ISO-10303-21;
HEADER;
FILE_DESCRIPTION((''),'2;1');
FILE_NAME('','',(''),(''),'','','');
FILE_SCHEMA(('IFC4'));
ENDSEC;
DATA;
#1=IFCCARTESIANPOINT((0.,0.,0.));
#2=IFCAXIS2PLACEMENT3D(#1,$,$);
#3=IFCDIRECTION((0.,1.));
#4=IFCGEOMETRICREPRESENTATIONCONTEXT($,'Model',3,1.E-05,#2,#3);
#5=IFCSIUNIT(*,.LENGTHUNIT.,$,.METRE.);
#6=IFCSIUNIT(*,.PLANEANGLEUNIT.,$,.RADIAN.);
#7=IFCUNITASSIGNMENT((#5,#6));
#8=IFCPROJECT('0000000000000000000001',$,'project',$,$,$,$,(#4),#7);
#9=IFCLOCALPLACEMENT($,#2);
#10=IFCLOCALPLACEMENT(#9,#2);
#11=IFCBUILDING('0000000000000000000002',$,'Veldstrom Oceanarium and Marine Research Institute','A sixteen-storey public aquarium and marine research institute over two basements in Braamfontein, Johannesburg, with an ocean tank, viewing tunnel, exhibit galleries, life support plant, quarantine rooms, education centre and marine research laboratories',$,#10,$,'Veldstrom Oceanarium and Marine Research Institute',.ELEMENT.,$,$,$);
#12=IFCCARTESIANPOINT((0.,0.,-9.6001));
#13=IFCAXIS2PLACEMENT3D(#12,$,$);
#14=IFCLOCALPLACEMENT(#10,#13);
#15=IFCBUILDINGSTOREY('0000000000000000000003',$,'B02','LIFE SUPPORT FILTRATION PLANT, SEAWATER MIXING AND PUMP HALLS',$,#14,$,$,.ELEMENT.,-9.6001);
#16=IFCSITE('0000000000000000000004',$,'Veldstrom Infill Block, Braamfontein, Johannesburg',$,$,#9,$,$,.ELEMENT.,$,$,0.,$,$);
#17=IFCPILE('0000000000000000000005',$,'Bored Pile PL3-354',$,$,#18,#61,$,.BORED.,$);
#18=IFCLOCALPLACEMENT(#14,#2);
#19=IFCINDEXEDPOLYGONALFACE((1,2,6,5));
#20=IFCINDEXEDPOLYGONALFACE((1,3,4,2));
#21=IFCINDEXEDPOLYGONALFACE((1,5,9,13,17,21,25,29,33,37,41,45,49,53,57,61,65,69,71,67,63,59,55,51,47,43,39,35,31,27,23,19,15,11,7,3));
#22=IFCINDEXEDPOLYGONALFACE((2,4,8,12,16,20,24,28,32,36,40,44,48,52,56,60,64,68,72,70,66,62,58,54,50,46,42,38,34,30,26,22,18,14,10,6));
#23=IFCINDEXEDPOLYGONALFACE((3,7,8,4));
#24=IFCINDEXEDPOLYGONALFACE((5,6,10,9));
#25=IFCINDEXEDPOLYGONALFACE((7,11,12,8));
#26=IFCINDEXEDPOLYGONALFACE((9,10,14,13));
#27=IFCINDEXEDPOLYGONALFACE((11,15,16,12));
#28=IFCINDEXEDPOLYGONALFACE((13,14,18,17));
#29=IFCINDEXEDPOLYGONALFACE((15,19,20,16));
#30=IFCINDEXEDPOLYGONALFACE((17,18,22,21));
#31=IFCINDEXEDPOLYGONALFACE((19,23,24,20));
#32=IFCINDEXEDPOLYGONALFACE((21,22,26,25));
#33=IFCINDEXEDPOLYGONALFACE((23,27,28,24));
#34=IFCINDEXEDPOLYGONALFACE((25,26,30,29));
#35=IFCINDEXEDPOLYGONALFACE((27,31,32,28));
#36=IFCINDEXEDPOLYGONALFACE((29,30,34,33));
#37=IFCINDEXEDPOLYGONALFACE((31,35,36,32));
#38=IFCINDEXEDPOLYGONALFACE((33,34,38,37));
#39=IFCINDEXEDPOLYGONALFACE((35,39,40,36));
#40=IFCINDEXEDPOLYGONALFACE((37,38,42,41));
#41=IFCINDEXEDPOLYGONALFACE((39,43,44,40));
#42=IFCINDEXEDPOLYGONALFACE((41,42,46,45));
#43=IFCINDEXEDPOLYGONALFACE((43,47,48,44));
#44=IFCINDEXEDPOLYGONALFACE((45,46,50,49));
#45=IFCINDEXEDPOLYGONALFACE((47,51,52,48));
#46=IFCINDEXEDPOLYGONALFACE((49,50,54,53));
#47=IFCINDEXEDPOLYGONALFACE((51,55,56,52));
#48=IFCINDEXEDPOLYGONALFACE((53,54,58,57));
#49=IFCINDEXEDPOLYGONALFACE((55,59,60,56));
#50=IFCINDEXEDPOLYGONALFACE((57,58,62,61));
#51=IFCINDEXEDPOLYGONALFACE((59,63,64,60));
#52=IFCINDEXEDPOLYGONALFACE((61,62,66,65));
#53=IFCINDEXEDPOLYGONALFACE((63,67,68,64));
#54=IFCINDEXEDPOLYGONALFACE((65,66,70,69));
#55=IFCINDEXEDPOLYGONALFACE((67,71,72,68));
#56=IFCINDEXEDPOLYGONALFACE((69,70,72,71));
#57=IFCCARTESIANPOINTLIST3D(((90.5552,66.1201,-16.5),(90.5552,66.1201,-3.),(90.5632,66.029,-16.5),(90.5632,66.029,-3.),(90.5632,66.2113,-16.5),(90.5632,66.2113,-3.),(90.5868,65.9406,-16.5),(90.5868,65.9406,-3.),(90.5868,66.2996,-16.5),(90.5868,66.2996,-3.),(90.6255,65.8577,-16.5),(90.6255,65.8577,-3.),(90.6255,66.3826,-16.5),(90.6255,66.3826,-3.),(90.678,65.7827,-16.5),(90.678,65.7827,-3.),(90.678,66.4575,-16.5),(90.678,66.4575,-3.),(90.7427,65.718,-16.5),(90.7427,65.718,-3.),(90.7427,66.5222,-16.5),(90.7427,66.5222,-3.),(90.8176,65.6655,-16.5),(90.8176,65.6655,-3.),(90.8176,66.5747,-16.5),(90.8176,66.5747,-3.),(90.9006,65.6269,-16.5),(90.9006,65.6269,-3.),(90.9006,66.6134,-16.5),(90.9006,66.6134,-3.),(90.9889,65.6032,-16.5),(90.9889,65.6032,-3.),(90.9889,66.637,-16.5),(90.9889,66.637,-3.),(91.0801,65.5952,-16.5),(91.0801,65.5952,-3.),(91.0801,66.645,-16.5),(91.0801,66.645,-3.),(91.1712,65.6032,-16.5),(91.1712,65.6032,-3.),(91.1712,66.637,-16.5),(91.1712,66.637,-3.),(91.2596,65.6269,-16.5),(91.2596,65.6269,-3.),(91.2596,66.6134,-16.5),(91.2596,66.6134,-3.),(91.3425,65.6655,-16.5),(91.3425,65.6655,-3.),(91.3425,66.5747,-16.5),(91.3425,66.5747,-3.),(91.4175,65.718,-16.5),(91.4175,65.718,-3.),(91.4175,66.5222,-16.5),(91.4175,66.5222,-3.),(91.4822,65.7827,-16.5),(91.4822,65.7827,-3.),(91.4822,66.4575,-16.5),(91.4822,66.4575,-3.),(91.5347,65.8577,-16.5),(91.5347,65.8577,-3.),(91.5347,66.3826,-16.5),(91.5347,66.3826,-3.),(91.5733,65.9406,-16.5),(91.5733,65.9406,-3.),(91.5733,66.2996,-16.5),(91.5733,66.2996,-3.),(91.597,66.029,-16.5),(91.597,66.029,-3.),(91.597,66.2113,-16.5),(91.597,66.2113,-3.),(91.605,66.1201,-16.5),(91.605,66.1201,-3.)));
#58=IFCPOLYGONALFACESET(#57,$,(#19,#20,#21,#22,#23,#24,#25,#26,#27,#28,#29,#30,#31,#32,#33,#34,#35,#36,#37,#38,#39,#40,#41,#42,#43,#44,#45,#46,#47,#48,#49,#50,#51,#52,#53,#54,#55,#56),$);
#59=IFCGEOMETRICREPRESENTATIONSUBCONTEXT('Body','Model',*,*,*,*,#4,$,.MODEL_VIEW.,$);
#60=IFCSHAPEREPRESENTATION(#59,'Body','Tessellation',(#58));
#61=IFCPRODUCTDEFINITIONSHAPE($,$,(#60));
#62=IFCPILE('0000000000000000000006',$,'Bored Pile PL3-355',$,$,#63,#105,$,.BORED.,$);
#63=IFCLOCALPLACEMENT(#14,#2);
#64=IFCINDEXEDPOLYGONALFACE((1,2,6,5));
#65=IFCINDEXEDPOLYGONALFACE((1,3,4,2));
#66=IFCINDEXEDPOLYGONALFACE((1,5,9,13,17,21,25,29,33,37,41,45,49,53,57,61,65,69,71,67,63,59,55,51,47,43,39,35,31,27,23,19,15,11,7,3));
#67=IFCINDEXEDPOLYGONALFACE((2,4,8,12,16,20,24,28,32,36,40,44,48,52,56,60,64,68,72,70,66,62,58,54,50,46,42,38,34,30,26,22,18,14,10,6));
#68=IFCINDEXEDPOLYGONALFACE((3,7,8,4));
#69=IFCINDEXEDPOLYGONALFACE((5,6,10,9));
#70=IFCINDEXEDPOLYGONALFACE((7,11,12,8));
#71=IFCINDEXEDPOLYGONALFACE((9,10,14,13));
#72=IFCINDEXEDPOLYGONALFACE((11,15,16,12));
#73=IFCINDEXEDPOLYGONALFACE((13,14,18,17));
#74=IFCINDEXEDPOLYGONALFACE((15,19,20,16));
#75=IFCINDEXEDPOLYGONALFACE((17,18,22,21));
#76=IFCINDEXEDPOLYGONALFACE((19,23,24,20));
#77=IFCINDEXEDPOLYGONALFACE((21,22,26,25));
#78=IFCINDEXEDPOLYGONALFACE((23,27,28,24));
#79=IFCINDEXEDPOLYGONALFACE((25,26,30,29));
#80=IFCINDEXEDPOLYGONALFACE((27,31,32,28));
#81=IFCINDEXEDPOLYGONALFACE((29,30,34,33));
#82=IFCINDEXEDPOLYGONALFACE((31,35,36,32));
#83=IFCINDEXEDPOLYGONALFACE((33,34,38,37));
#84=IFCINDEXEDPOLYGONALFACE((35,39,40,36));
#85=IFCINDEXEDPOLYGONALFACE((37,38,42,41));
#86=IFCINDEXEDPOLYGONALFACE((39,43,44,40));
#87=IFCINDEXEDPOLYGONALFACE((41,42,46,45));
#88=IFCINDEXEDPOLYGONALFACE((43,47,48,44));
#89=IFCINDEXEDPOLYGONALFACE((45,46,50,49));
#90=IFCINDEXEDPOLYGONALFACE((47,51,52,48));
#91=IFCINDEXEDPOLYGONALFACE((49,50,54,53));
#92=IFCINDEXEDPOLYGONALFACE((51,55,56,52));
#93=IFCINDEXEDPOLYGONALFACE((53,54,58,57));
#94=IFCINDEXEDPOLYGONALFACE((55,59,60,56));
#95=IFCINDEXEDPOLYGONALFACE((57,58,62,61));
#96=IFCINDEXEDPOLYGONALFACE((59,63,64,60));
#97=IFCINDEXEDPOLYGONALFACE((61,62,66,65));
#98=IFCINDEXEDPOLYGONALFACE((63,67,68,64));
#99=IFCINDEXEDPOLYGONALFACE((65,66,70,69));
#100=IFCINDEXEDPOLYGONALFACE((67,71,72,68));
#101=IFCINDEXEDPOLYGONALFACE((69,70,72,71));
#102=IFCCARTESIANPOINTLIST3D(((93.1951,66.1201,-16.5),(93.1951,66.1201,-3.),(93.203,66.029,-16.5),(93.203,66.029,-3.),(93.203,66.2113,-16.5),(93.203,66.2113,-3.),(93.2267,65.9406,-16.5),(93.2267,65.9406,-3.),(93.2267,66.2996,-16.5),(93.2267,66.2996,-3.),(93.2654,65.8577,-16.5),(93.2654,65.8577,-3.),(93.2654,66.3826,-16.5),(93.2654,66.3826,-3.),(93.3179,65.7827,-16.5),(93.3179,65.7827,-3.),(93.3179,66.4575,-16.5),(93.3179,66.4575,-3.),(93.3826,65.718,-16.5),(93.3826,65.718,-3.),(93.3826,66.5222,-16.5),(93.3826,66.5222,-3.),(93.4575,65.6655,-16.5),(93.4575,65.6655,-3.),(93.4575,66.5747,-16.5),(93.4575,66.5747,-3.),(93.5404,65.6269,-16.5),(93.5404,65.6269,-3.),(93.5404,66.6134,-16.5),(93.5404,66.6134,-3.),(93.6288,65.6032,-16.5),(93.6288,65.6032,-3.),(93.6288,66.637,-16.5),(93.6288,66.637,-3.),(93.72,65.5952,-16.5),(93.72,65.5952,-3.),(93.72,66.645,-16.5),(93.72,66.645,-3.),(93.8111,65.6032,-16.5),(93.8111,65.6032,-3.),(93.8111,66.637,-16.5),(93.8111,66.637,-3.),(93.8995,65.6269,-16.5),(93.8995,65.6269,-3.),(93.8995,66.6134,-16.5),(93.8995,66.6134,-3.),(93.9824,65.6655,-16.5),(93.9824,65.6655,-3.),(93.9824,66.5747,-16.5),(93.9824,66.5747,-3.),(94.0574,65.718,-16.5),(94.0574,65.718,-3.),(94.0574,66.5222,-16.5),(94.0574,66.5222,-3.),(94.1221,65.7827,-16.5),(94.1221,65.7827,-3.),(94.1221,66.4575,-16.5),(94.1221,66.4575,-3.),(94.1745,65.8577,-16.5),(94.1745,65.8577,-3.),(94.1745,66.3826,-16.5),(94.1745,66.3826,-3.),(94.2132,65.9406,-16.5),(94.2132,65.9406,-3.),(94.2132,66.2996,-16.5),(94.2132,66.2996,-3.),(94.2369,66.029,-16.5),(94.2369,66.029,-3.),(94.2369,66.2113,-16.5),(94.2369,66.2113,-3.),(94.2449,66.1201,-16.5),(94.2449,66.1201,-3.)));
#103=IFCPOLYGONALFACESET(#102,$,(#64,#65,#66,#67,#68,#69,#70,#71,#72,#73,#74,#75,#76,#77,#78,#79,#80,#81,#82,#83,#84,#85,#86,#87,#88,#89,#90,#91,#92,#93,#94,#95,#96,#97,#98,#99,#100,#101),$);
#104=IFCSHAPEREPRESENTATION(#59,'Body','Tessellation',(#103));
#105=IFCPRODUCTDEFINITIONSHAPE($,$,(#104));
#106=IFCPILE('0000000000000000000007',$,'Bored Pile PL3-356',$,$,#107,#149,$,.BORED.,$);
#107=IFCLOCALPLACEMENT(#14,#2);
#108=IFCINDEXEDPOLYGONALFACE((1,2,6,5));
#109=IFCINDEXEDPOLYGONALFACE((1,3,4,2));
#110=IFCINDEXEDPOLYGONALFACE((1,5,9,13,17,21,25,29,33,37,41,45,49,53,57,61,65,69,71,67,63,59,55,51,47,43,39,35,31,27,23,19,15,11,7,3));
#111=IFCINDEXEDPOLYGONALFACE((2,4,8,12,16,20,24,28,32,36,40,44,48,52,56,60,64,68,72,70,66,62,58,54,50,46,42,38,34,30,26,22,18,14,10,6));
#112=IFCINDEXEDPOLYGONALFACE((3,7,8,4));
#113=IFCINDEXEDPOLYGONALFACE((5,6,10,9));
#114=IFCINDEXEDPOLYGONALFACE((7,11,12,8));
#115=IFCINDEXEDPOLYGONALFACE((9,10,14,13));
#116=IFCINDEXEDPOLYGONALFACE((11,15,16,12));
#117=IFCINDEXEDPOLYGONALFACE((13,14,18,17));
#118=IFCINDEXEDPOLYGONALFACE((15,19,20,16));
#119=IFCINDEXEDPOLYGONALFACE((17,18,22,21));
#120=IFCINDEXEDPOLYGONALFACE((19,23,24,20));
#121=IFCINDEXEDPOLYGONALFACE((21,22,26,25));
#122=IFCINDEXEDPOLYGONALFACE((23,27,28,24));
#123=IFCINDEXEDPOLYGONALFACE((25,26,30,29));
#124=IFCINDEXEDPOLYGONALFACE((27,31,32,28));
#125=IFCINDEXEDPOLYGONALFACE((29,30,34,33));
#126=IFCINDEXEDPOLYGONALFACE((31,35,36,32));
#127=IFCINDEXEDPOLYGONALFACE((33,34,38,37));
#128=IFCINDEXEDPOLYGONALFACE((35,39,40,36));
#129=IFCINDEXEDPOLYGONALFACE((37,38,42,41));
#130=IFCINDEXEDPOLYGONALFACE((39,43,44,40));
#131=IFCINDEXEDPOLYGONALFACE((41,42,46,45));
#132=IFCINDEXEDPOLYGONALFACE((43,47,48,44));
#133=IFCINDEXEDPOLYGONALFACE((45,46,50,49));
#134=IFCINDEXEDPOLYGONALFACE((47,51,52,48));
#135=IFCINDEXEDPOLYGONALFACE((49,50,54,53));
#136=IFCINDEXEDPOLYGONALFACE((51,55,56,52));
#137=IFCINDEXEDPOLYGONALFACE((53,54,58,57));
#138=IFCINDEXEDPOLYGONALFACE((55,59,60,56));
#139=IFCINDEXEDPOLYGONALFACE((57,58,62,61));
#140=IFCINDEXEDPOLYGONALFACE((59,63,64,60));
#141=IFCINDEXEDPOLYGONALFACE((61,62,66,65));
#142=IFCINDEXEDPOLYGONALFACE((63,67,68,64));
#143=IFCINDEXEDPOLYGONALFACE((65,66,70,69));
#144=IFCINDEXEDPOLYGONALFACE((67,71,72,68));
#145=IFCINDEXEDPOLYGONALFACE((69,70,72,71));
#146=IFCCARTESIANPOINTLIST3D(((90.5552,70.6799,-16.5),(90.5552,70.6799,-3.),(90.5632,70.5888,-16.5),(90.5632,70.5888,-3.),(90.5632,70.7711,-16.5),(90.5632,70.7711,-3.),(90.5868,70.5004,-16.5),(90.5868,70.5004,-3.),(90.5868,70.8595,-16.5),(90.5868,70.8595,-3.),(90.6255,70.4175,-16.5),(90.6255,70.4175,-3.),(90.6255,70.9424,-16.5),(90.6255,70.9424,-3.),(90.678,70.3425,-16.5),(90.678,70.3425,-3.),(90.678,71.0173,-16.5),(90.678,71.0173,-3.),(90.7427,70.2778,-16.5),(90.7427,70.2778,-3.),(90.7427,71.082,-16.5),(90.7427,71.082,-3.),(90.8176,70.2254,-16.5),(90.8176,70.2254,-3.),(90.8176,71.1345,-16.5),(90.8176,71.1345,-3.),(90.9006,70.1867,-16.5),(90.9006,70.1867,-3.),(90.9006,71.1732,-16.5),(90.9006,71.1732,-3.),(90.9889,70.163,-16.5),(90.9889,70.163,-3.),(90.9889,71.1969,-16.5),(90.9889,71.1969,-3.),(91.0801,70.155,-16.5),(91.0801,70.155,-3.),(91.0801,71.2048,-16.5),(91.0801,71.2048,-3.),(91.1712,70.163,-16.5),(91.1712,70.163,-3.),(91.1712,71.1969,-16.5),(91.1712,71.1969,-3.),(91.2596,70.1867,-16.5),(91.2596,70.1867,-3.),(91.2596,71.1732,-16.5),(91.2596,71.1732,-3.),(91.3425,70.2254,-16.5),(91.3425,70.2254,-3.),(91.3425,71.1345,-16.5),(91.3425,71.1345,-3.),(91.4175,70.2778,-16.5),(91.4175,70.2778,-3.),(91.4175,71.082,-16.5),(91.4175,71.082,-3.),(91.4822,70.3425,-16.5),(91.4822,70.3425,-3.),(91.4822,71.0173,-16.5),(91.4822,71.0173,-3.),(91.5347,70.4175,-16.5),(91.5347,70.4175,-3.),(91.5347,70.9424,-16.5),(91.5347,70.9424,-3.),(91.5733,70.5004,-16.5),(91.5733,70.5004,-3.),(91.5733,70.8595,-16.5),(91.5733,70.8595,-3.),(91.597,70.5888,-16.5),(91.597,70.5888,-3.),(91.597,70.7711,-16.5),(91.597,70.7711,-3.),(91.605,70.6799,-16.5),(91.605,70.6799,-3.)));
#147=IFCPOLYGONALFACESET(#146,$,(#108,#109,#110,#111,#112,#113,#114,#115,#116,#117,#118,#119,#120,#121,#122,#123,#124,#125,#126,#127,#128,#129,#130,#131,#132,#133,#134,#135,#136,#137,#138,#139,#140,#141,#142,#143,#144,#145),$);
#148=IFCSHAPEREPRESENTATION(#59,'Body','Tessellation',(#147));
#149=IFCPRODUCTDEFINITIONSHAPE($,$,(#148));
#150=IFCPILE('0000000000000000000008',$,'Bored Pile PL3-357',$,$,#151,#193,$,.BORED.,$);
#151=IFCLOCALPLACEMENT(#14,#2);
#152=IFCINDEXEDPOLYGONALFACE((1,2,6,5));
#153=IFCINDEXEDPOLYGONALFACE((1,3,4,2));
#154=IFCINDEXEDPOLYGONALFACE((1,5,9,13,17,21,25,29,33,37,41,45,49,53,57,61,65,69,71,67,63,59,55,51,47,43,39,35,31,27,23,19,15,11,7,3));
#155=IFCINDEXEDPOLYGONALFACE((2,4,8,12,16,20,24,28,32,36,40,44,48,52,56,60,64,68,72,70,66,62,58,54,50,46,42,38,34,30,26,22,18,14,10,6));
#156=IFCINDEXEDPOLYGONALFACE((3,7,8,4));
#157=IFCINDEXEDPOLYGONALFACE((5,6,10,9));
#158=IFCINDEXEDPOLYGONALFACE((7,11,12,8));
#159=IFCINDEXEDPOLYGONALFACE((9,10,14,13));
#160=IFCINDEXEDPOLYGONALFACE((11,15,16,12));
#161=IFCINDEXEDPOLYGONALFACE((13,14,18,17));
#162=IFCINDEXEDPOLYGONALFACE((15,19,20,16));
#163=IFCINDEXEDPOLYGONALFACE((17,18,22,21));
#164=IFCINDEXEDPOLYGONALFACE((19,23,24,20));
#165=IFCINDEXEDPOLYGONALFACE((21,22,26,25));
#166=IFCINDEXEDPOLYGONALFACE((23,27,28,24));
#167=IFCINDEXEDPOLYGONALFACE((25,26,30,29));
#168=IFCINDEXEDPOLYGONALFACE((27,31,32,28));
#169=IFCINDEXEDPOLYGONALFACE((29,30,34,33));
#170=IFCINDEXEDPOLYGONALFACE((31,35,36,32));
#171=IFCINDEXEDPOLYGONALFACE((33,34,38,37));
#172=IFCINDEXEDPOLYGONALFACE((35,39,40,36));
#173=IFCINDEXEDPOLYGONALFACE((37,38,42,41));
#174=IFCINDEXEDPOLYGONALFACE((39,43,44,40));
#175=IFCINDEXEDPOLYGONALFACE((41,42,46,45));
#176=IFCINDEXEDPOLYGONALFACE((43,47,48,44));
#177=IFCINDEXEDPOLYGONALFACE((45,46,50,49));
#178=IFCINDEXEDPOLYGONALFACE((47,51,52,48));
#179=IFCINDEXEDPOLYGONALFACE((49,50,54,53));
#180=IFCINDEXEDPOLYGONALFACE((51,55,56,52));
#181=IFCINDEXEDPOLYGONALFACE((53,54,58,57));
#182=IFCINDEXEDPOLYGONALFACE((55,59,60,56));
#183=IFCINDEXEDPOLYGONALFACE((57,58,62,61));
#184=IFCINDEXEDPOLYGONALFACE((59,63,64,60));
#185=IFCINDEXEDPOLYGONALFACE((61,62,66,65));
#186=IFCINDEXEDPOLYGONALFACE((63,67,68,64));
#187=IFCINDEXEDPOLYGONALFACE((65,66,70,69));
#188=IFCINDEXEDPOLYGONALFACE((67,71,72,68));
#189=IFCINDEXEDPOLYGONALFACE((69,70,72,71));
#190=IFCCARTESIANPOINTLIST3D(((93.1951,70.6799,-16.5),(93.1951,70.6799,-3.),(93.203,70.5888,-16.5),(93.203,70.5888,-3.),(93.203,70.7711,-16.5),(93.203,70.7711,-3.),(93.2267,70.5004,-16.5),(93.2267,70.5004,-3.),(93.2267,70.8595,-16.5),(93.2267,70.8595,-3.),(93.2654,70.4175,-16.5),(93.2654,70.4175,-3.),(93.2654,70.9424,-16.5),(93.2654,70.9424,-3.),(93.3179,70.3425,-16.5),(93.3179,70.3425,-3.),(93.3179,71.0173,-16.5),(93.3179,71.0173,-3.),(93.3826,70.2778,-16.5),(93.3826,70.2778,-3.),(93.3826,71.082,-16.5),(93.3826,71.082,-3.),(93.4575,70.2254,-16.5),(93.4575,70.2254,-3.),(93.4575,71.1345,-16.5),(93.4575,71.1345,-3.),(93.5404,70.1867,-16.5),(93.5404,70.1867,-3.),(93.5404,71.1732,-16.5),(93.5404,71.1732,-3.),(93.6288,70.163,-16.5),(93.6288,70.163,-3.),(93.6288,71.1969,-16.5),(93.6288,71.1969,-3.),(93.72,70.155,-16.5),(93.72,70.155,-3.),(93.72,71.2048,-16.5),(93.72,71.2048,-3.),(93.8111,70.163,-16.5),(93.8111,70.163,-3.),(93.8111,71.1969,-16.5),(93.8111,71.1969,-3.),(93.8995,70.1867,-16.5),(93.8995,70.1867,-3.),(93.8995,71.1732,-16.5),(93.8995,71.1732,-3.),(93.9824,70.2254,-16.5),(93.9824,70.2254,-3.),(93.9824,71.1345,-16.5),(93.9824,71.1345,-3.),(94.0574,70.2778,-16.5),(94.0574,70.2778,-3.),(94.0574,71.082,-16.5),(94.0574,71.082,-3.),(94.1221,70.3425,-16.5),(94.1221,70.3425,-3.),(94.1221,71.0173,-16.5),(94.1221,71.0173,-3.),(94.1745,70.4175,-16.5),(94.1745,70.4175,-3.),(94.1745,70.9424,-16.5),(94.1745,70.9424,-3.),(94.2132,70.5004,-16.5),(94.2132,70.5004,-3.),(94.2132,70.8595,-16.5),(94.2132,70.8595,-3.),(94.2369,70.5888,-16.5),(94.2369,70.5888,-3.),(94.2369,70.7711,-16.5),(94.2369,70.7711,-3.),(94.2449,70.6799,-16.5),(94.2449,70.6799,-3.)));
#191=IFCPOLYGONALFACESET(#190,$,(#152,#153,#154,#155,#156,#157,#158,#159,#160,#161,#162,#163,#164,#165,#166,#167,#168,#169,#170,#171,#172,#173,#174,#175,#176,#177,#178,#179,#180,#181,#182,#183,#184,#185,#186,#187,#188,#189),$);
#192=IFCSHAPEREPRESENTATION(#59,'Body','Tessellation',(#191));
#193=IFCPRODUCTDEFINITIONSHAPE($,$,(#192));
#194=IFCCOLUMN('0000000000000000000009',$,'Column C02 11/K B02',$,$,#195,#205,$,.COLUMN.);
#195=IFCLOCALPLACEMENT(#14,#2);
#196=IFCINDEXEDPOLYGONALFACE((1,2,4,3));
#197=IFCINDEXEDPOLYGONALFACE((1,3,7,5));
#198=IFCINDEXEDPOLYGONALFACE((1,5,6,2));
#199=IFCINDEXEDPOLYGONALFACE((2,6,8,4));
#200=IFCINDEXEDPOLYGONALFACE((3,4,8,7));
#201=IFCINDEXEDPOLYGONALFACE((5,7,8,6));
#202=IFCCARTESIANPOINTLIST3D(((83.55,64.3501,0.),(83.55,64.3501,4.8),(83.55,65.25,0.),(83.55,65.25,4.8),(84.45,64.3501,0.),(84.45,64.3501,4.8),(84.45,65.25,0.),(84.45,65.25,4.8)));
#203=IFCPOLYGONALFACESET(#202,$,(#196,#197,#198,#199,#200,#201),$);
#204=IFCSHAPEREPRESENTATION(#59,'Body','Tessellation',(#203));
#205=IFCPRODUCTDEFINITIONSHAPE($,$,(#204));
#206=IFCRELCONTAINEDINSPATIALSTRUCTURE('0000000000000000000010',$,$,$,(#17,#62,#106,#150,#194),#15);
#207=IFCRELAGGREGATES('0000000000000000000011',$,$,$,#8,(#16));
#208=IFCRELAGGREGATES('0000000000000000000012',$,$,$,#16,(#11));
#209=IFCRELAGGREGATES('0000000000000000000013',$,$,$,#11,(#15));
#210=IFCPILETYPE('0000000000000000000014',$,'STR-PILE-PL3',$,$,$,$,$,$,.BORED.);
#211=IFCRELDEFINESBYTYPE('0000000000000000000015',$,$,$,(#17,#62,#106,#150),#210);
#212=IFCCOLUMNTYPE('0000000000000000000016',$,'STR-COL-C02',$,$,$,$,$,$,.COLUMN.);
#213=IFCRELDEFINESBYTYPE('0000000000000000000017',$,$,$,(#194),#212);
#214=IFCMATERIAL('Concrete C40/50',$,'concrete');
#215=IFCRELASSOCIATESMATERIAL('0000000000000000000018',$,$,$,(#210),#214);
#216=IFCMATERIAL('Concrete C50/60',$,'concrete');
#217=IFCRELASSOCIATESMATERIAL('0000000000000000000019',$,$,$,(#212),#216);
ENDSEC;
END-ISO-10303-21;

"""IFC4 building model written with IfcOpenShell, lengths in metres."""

from ifc_helpers import new_model, si_unit, direction, frame, origin, origin_2d, place, context, subcontext, project, spatial, rectangle, circle, extrude, material, material_profile, profile_set, type_object, element, save


model = new_model("IFC4")

# Units and contexts
model_context = context("Model", 3, precision=1e-05, world=origin(), true_north=direction((0.0, 1.0)))
body_context = subcontext(model_context, "Body", "Model", "MODEL_VIEW")
ifc_project = project(units=[si_unit("LENGTHUNIT", "METRE"), si_unit("PLANEANGLEUNIT", "RADIAN")], contexts=[model_context])

# Site, building, storey
site_placement = place(None, origin())
site = spatial("IfcSite", under=ifc_project, at=site_placement, Name="Veldstrom Infill Block, Braamfontein, Johannesburg", CompositionType="ELEMENT", RefElevation=0.0)
building_placement = place(site_placement, origin())
building = spatial("IfcBuilding", under=site, at=building_placement, Name="Veldstrom Oceanarium and Marine Research Institute", Description="A sixteen-storey public aquarium and marine research institute over two basements in Braamfontein, Johannesburg, with an ocean tank, viewing tunnel, exhibit galleries, life support plant, quarantine rooms, education centre and marine research laboratories", LongName="Veldstrom Oceanarium and Marine Research Institute", CompositionType="ELEMENT")
storey_placement = place(building_placement, frame((0.0, 0.0, -9.6001)))
storey = spatial("IfcBuildingStorey", under=building, at=storey_placement, Name="B02", Description="LIFE SUPPORT FILTRATION PLANT, SEAWATER MIXING AND PUMP HALLS", CompositionType="ELEMENT", Elevation=-9.6001)

# Piles
ifc_material_1 = material(Name="Concrete C40/50", Category="concrete")
ifc_material_profile_1 = material_profile(ifc_material_1, circle(Radius=0.5249, at=origin_2d()), Name="PILE-D1050")
ifc_profile_set_1 = profile_set([ifc_material_profile_1], Name="Concrete C40/50")
pile_type = type_object("IfcPileType", Name="STR-PILE-PL3", PredefinedType="BORED", material=ifc_profile_set_1)
for number, where, z_axis, x_axis, name in (
    (1, (91.0801, 66.1201, -3.0), (0.0, 0.0, -1.0), (1.0, 0.0, 0.0), "Bored Pile PL3-354"),
    (2, (93.72, 66.1201, -3.0), (0.0, 0.0, -1.0), (1.0, 0.0, 0.0), "Bored Pile PL3-355"),
    (3, (91.0801, 70.6799, -3.0), (0.0, 0.0, -1.0), (1.0, 0.0, 0.0), "Bored Pile PL3-356"),
    (4, (93.72, 70.6799, -3.0), (0.0, 0.0, -1.0), (1.0, 0.0, 0.0), "Bored Pile PL3-357"),
):
    element("IfcPile", number, at=place(storey_placement, frame(where, z_axis=z_axis, x_axis=x_axis)), inside=storey, type_object=pile_type, Name=name, PredefinedType="BORED", context=body_context, shape_type="SweptSolid", body=[
        extrude(circle(Radius=0.5249, at=origin_2d()), origin(), (0.0, 0.0, 1.0), 13.5),
    ])

# Column
ifc_material_2 = material(Name="Concrete C50/60", Category="concrete")
ifc_material_profile_2 = material_profile(ifc_material_2, rectangle(XDim=0.8999, YDim=0.8999, at=origin_2d()), Name="RC-COL-900x900")
ifc_profile_set_2 = profile_set([ifc_material_profile_2], Name="Concrete C50/60")
column_type = type_object("IfcColumnType", Name="STR-COL-C02", PredefinedType="COLUMN", material=ifc_profile_set_2)
for number, where, z_axis, x_axis, name in (
    (5, (84.0, 64.8, 0.0), (0.0, 0.0, 1.0), (1.0, 0.0, 0.0), "Column C02 11/K B02"),
):
    element("IfcColumn", number, at=place(storey_placement, frame(where, z_axis=z_axis, x_axis=x_axis)), inside=storey, type_object=column_type, Name=name, PredefinedType="COLUMN", context=body_context, shape_type="SweptSolid", body=[
        extrude(rectangle(XDim=0.8999, YDim=0.8999, at=origin_2d()), origin(), (0.0, 0.0, 1.0), 4.8),
    ])

save(model, "model.ifc")
